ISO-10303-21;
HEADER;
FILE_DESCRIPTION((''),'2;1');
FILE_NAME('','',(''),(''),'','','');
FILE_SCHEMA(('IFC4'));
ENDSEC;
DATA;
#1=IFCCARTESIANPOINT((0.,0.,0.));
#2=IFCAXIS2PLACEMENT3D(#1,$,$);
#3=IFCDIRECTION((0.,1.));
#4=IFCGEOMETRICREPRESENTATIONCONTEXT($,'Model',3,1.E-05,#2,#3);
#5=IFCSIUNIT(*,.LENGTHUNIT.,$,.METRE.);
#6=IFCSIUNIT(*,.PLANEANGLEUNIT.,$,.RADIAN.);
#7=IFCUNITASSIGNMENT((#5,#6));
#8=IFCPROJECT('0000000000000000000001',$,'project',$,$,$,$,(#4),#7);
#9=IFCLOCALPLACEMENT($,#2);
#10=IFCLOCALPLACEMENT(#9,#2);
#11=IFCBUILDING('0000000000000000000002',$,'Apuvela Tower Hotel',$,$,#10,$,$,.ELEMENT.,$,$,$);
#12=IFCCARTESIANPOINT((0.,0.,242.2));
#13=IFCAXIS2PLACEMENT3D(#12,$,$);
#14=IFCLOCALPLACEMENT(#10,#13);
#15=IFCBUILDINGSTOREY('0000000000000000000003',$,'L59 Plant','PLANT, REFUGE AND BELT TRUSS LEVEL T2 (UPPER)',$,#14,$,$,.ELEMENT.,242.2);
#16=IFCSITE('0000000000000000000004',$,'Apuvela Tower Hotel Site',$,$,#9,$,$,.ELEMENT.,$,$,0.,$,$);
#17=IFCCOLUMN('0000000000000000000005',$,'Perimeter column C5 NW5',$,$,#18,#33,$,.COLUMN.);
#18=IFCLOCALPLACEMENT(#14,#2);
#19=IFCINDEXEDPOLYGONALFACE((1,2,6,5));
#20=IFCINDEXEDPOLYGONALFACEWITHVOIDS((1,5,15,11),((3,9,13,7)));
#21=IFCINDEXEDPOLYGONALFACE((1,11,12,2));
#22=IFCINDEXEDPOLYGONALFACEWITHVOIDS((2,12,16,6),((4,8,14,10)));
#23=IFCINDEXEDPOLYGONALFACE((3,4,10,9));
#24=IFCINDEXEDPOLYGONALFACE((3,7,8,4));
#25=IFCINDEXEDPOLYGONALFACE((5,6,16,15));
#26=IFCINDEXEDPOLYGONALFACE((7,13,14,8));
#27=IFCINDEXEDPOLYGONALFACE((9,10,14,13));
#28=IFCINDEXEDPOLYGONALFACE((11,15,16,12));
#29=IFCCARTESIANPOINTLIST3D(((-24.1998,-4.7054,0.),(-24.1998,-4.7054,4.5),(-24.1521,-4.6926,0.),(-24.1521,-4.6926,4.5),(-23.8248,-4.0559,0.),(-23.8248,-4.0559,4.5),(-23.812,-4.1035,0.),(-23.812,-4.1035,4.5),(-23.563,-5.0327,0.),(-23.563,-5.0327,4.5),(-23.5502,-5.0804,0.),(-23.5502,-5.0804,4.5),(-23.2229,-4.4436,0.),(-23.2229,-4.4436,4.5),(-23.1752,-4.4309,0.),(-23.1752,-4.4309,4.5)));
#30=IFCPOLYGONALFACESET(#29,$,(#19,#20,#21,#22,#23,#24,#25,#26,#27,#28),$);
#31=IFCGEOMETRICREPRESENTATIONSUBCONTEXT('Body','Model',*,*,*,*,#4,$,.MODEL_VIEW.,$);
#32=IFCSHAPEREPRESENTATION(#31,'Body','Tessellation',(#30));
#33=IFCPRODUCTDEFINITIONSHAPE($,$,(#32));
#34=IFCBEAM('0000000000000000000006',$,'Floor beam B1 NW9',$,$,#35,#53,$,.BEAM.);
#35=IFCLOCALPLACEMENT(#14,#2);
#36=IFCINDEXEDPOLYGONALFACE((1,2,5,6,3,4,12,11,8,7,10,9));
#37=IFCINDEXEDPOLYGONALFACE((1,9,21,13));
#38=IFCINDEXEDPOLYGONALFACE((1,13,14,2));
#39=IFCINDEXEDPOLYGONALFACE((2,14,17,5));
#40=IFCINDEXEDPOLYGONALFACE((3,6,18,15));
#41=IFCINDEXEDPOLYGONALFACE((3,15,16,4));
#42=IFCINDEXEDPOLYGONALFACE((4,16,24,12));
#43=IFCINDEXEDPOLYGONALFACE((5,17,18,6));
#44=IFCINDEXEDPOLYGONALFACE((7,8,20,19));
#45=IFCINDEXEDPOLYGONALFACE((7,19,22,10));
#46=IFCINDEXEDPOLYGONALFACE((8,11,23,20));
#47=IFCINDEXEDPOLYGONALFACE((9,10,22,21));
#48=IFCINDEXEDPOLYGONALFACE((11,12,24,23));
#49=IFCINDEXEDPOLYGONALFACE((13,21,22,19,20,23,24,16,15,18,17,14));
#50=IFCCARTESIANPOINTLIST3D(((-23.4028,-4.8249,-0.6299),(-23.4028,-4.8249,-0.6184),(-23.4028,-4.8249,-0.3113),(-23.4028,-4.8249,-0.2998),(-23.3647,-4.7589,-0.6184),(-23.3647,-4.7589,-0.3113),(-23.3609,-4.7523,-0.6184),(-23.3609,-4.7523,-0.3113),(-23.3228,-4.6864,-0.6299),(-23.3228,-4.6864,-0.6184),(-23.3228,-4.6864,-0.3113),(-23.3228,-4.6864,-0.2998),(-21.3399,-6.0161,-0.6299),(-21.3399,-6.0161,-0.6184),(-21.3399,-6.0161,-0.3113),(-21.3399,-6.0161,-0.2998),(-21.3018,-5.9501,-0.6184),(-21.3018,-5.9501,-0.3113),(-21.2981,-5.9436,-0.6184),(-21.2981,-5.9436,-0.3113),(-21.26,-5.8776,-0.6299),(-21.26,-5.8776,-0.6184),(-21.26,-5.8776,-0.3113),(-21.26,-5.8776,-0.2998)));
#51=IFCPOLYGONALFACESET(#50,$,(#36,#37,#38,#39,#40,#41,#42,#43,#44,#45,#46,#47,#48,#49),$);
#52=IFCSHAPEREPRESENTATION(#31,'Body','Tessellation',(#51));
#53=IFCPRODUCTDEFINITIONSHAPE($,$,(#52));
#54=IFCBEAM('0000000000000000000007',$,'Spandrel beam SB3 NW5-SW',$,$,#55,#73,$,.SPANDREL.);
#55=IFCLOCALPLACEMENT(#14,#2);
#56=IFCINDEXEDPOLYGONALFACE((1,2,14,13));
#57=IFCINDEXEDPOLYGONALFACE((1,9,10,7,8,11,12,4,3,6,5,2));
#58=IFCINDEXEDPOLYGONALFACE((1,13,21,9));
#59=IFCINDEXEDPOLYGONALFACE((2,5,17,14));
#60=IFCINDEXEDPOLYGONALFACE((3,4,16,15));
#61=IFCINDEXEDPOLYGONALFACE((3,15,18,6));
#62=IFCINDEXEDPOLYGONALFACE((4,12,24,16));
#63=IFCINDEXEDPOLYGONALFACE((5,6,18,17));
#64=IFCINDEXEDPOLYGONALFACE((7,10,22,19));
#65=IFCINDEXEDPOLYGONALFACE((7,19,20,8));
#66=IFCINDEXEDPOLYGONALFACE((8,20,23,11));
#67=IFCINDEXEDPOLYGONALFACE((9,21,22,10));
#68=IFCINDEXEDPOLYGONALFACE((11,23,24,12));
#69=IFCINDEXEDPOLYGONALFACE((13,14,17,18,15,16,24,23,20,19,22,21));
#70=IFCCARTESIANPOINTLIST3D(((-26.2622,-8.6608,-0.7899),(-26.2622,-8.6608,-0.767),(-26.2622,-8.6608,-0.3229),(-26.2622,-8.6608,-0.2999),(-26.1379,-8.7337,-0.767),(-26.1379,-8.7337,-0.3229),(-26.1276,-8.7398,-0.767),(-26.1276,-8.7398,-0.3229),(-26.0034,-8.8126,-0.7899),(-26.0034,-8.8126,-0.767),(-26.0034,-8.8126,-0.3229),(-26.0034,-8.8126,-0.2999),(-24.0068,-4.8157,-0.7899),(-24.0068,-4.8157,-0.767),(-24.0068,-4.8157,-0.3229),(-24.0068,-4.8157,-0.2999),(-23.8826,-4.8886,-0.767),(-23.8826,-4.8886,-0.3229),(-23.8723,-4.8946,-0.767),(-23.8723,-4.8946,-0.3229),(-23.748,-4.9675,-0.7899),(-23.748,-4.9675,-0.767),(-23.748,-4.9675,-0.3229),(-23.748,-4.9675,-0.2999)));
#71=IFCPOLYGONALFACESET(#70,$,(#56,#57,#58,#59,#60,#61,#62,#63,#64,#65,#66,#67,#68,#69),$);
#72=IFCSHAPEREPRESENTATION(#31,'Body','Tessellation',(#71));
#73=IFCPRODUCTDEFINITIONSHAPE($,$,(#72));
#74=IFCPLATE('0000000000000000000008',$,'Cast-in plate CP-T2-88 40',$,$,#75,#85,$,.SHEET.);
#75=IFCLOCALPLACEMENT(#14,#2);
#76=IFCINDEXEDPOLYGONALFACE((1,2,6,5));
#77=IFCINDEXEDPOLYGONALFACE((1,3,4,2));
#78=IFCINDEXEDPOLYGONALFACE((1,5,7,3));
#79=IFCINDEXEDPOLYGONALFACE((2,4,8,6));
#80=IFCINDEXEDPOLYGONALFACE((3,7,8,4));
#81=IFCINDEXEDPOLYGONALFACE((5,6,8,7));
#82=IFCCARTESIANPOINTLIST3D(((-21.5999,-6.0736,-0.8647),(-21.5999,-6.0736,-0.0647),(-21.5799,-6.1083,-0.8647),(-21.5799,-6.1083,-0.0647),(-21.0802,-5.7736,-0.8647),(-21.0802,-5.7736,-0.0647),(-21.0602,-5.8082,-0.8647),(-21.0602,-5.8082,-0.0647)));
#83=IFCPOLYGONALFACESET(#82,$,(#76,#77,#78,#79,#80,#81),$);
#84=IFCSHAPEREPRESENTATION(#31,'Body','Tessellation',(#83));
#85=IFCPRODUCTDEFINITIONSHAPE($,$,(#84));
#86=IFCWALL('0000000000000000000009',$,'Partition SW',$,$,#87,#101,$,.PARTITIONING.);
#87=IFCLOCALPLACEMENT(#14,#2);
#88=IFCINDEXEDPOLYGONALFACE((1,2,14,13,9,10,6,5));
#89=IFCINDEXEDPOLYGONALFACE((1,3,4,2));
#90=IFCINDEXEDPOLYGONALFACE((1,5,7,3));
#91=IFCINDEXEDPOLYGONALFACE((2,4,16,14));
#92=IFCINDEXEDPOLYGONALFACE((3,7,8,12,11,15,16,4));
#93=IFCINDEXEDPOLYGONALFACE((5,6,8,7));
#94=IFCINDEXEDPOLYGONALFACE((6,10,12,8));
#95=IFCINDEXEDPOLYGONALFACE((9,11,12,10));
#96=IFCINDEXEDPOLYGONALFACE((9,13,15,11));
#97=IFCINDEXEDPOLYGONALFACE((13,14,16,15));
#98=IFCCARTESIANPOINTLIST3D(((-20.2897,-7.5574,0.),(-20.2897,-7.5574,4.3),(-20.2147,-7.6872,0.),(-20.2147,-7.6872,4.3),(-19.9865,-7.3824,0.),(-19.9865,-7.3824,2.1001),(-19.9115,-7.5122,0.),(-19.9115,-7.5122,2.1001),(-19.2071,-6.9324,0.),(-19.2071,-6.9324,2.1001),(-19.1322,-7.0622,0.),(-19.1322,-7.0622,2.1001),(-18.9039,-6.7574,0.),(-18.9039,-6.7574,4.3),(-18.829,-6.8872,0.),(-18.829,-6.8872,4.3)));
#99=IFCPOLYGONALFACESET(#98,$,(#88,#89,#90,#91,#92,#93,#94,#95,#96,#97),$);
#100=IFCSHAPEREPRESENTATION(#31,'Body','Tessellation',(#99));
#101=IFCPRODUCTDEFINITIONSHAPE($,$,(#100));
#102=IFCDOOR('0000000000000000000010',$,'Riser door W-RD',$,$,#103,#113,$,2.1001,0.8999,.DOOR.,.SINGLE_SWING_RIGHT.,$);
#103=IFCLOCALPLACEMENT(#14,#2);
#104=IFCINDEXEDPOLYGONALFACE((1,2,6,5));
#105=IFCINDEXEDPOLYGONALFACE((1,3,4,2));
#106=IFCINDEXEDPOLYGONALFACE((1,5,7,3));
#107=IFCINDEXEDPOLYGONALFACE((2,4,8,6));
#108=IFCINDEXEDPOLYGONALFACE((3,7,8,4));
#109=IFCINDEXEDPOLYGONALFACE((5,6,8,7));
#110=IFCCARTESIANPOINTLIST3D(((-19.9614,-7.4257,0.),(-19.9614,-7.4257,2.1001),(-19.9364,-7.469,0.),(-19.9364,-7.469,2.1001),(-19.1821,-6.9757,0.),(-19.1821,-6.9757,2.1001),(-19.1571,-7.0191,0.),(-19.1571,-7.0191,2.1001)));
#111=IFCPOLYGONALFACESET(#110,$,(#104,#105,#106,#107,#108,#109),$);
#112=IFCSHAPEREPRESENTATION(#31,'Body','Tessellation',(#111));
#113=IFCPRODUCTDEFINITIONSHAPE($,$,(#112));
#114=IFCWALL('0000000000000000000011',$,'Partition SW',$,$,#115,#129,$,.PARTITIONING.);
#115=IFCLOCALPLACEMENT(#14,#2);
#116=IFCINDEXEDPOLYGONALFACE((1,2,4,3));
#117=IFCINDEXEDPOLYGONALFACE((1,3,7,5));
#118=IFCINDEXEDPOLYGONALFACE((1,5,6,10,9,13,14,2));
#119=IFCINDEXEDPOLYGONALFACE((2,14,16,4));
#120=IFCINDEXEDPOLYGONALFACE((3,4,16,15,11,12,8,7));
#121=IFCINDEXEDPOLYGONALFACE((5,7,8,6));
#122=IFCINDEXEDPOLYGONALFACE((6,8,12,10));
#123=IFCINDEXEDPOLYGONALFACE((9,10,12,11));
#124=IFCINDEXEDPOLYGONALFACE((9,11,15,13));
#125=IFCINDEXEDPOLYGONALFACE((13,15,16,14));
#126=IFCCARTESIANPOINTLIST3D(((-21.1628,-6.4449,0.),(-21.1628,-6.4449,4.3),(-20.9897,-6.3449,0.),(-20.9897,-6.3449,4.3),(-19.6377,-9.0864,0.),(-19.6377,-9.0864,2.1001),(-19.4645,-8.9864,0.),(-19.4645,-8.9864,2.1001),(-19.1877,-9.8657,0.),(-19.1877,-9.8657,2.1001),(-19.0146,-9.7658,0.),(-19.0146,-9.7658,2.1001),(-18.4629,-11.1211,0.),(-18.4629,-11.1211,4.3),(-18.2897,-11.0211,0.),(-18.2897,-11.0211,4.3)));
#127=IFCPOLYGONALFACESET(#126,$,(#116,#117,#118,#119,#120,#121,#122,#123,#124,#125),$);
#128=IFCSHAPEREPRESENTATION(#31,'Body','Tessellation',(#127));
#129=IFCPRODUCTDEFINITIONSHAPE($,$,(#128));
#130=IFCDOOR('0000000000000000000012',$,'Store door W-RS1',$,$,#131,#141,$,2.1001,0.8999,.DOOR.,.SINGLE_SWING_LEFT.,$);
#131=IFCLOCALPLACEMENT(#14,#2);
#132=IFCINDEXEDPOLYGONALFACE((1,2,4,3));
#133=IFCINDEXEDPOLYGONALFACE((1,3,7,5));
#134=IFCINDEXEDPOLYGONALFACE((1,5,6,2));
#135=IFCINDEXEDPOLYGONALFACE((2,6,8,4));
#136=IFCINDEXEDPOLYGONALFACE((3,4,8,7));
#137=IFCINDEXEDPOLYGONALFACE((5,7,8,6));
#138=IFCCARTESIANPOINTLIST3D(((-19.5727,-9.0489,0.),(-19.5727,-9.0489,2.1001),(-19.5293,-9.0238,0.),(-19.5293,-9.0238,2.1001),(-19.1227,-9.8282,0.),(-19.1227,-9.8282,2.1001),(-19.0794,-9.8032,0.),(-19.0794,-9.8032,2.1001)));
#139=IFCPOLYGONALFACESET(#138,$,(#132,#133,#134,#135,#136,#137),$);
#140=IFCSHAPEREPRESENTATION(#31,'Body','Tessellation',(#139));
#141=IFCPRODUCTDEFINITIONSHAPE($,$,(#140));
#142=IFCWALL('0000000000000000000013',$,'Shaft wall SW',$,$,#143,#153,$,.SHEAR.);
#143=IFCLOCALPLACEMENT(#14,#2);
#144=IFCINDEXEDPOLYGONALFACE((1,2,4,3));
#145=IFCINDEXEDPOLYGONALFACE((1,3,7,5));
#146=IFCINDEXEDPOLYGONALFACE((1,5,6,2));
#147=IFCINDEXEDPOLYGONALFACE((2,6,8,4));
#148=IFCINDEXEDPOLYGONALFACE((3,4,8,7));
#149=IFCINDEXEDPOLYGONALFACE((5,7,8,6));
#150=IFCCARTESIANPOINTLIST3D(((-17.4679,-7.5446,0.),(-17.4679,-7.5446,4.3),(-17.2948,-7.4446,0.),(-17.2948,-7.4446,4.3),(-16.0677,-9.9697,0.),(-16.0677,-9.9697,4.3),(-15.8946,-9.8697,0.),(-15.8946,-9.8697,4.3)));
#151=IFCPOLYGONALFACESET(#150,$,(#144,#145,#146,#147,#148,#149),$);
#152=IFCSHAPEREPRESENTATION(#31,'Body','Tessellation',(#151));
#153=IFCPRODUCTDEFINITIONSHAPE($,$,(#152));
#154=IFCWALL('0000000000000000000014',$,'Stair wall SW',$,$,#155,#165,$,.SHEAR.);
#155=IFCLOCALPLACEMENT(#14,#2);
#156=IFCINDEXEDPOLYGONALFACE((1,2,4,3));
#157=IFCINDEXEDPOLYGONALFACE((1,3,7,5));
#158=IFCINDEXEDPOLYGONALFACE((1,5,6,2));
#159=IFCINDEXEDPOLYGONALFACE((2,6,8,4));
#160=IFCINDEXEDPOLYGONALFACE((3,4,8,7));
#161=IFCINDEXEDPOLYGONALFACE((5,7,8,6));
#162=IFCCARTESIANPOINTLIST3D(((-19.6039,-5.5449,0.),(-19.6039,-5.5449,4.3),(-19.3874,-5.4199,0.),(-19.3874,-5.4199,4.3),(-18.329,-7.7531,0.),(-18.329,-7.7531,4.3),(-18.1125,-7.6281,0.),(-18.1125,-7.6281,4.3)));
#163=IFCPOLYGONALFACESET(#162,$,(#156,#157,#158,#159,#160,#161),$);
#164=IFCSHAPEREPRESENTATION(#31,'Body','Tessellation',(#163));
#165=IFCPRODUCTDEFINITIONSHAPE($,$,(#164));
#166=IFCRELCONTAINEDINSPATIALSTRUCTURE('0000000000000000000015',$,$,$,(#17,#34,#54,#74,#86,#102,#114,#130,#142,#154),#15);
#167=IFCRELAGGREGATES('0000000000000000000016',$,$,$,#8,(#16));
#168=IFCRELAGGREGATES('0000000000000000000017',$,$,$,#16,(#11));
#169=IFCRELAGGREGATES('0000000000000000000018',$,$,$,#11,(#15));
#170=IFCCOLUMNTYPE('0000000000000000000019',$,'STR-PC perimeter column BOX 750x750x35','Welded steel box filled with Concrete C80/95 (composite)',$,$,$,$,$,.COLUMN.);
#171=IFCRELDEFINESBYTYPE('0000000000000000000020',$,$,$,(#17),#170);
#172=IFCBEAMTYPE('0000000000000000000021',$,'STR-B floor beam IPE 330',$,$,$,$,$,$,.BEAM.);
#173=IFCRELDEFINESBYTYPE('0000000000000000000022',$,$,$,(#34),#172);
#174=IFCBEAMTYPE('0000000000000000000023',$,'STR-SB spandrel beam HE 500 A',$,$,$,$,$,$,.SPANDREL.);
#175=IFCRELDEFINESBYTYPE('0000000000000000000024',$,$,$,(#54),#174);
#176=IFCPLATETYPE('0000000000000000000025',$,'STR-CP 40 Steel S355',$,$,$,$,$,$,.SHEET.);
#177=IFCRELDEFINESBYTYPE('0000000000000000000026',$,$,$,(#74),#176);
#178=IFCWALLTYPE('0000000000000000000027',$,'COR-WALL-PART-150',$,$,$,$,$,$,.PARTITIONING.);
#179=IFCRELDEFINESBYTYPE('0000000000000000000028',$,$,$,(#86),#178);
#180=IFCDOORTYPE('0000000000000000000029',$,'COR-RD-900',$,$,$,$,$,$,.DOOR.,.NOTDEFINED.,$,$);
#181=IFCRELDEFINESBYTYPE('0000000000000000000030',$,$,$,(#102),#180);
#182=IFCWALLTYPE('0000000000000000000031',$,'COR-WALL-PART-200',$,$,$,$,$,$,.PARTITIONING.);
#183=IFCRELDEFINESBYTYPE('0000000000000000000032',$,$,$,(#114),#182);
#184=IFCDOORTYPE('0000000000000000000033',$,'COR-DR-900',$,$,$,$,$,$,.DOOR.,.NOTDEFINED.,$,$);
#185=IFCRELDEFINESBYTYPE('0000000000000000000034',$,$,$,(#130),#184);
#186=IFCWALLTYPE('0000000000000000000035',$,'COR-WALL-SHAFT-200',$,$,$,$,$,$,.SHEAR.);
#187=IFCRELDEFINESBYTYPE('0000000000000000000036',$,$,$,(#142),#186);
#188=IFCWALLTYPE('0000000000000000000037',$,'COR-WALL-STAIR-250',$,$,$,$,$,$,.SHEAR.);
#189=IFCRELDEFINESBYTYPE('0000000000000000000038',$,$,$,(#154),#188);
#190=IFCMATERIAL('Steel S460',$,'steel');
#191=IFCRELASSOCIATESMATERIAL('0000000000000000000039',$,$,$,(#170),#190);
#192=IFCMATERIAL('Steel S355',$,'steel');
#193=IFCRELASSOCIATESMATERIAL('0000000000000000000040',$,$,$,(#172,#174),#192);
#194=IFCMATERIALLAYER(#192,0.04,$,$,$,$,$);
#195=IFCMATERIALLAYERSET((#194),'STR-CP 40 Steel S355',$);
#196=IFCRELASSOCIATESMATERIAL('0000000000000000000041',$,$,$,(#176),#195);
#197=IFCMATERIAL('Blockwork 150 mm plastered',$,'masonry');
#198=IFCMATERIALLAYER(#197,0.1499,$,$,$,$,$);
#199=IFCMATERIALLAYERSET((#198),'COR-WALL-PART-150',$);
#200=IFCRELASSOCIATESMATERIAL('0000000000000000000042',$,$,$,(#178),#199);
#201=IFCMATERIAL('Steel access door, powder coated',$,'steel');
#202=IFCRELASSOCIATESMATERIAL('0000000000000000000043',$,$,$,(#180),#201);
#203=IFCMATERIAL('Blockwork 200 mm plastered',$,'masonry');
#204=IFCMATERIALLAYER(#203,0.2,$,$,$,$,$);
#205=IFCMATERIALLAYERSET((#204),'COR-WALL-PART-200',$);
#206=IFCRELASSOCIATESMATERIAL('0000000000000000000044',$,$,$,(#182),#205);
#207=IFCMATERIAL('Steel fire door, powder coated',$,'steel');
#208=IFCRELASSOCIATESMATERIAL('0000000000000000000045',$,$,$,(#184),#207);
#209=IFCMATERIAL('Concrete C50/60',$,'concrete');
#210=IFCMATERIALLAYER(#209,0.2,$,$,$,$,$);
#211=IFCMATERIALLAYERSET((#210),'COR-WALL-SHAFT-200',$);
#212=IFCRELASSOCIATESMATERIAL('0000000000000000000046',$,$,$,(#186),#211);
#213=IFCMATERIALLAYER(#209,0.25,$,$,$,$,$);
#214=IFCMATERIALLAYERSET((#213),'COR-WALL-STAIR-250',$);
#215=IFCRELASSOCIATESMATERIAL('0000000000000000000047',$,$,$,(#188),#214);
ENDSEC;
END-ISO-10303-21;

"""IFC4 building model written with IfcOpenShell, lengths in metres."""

from ifc_helpers import new_model, si_unit, direction, frame, frame_2d, origin, origin_2d, place, context, subcontext, project, spatial, rectangle, hollow_rectangle, i_section, extrude, material, layer, layer_set, material_profile, profile_set, type_object, element, fill, save


model = new_model("IFC4")

# Units and contexts
model_context = context("Model", 3, precision=1e-05, world=origin(), true_north=direction((0.0, 1.0)))
body_context = subcontext(model_context, "Body", "Model", "MODEL_VIEW")
ifc_project = project(units=[si_unit("LENGTHUNIT", "METRE"), si_unit("PLANEANGLEUNIT", "RADIAN")], contexts=[model_context])

# Site, building, storey
site_placement = place(None, origin())
site = spatial("IfcSite", under=ifc_project, at=site_placement, Name="Apuvela Tower Hotel Site", CompositionType="ELEMENT", RefElevation=0.0)
building_placement = place(site_placement, origin())
building = spatial("IfcBuilding", under=site, at=building_placement, Name="Apuvela Tower Hotel", CompositionType="ELEMENT")
storey_placement = place(building_placement, frame((0.0, 0.0, 242.2)))
storey = spatial("IfcBuildingStorey", under=building, at=storey_placement, Name="L59 Plant", Description="PLANT, REFUGE AND BELT TRUSS LEVEL T2 (UPPER)", CompositionType="ELEMENT", Elevation=242.2)

# Column
ifc_material_1 = material(Name="Steel S460", Category="steel")
ifc_material_profile_1 = material_profile(ifc_material_1, hollow_rectangle(XDim=0.75, YDim=0.75, WallThickness=0.0349, at=origin_2d()), Name="BOX 750x750x35")
ifc_material_2 = material(Name="Concrete C80/95", Category="concrete")
ifc_material_profile_2 = material_profile(ifc_material_2, rectangle(XDim=0.6799, YDim=0.6799, at=origin_2d()), Name="Concrete C80/95 infill")
ifc_profile_set_1 = profile_set([ifc_material_profile_1, ifc_material_profile_2], Name="Steel S460")
column_type = type_object("IfcColumnType", Name="STR-PC perimeter column BOX 750x750x35", Description="Welded steel box filled with Concrete C80/95 (composite)", PredefinedType="COLUMN", material=ifc_profile_set_1)
column_placement = place(storey_placement, frame((-23.6875, -4.5681, 0.0), z_axis=(0.0, 0.0, 1.0), x_axis=(0.5, 0.866025, 0.0)))
element("IfcColumn", 1, at=column_placement, inside=storey, type_object=column_type, Name="Perimeter column C5 NW5", PredefinedType="COLUMN", context=body_context, shape_type="SweptSolid", body=[
    extrude(hollow_rectangle(XDim=0.75, YDim=0.75, WallThickness=0.0349, at=origin_2d()), origin(), (0.0, 0.0, 1.0), 4.5),
])

# Beams
ifc_material_3 = material(Name="Steel S355", Category="steel")
ifc_material_profile_3 = material_profile(ifc_material_3, i_section(OverallWidth=0.1599, OverallDepth=0.3301, WebThickness=0.0076, FlangeThickness=0.0115, at=origin_2d()), Name="IPE 330")
ifc_profile_set_2 = profile_set([ifc_material_profile_3], Name="Steel S355")
beam_type_1 = type_object("IfcBeamType", Name="STR-B floor beam IPE 330", PredefinedType="BEAM", material=ifc_profile_set_2)
beam_1_placement = place(storey_placement, frame((-23.3628, -4.7556, -0.4648), z_axis=(0.865982, -0.500074, 0.0), x_axis=(0.500074, 0.865982, 0.0)))
element("IfcBeam", 2, at=beam_1_placement, inside=storey, type_object=beam_type_1, Name="Floor beam B1 NW9", PredefinedType="BEAM", context=body_context, shape_type="SweptSolid", body=[
    extrude(i_section(OverallWidth=0.1599, OverallDepth=0.3301, WebThickness=0.0076, FlangeThickness=0.0115, at=origin_2d()), origin(), (0.0, 0.0, 1.0), 2.3821),
])
ifc_material_profile_4 = material_profile(ifc_material_3, i_section(OverallWidth=0.3, OverallDepth=0.49, WebThickness=0.012, FlangeThickness=0.0229, at=origin_2d()), Name="HE 500 A")
ifc_profile_set_3 = profile_set([ifc_material_profile_4], Name="Steel S355")
beam_type_2 = type_object("IfcBeamType", Name="STR-SB spandrel beam HE 500 A", PredefinedType="SPANDREL", material=ifc_profile_set_3)
beam_2_placement = place(storey_placement, frame((-23.8774, -4.8916, -0.5449), z_axis=(-0.505933, -0.862573, 0.0), x_axis=(0.862573, -0.505933, 0.0)))
element("IfcBeam", 3, at=beam_2_placement, inside=storey, type_object=beam_type_2, Name="Spandrel beam SB3 NW5-SW", PredefinedType="SPANDREL", context=body_context, shape_type="SweptSolid", body=[
    extrude(i_section(OverallWidth=0.3, OverallDepth=0.49, WebThickness=0.012, FlangeThickness=0.0229, at=origin_2d()), origin(), (0.0, 0.0, 1.0), 4.4578),
])

# Plate
ifc_layer_1 = layer(ifc_material_3, 0.04)
ifc_layer_set_1 = layer_set([ifc_layer_1], Name="STR-CP 40 Steel S355")
plate_type = type_object("IfcPlateType", Name="STR-CP 40 Steel S355", PredefinedType="SHEET", material=ifc_layer_set_1)
plate_placement = place(storey_placement, frame((-21.3301, -5.9409, -0.8647), z_axis=(0.0, 0.0, 1.0), x_axis=(0.5, -0.866025, 0.0)))
element("IfcPlate", 4, at=plate_placement, inside=storey, type_object=plate_type, Name="Cast-in plate CP-T2-88 40", PredefinedType="SHEET", context=body_context, shape_type="SweptSolid", body=[
    extrude(rectangle(XDim=0.04, YDim=0.6001, at=origin_2d()), origin(), (0.0, 0.0, 1.0), 0.8),
])

# Walls, openings, doors
ifc_material_4 = material(Name="Blockwork 150 mm plastered", Category="masonry")
ifc_layer_2 = layer(ifc_material_4, 0.1499)
ifc_layer_set_2 = layer_set([ifc_layer_2], Name="COR-WALL-PART-150")
wall_type_1 = type_object("IfcWallType", Name="COR-WALL-PART-150", PredefinedType="PARTITIONING", material=ifc_layer_set_2)
wall_1_placement = place(storey_placement, frame((-18.8665, -6.8223, 0.0), z_axis=(0.0, 0.0, 1.0), x_axis=(-0.866028, -0.499995, 0.0)))
wall_1 = element("IfcWall", 5, at=wall_1_placement, inside=storey, type_object=wall_type_1, Name="Partition SW", PredefinedType="PARTITIONING", context=body_context, shape_type="SweptSolid", body=[
    extrude(rectangle(XDim=1.6001, YDim=0.1499, at=frame_2d((0.8, 0.0))), origin(), (0.0, 0.0, 1.0), 4.3),
])
opening_1_placement = place(wall_1_placement, frame((0.3501, 0.0, 0.0)))
opening_1 = element("IfcOpeningElement", 6, at=opening_1_placement, cuts=wall_1, PredefinedType="OPENING", context=body_context, shape_type="SweptSolid", body=[
    extrude(rectangle(XDim=0.8999, YDim=2.1001, at=frame_2d((0.45, 1.05))), frame((0.0, 0.085, 0.0), z_axis=(0.0, -1.0, 0.0), x_axis=(1.0, 0.0, 0.0)), (0.0, 0.0, 1.0), 0.1699),
])
ifc_material_5 = material(Name="Steel access door, powder coated", Category="steel")
door_type_1 = type_object("IfcDoorType", Name="COR-RD-900", OperationType="NOTDEFINED", PredefinedType="DOOR", material=ifc_material_5)
door_1_placement = place(opening_1_placement, frame((0.8999, 0.0, 0.0), z_axis=(0.0, 0.0, 1.0), x_axis=(-1.0, 0.0, 0.0)))
door_1 = element("IfcDoor", 7, at=door_1_placement, inside=storey, type_object=door_type_1, Name="Riser door W-RD", OperationType="SINGLE_SWING_RIGHT", OverallHeight=2.1001, OverallWidth=0.8999, PredefinedType="DOOR", context=body_context, shape_type="SweptSolid", body=[
    extrude(rectangle(XDim=0.8999, YDim=2.1001, at=frame_2d((0.45, 1.05))), frame((0.0, 0.0249, 0.0), z_axis=(0.0, -1.0, 0.0), x_axis=(1.0, 0.0, 0.0)), (0.0, 0.0, 1.0), 0.05),
])
fill(opening_1, door_1)
ifc_material_6 = material(Name="Blockwork 200 mm plastered", Category="masonry")
ifc_layer_3 = layer(ifc_material_6, 0.2)
ifc_layer_set_3 = layer_set([ifc_layer_3], Name="COR-WALL-PART-200")
wall_type_2 = type_object("IfcWallType", Name="COR-WALL-PART-200", PredefinedType="PARTITIONING", material=ifc_layer_set_3)
wall_2_placement = place(storey_placement, frame((-21.0762, -6.395, 0.0), z_axis=(0.0, 0.0, 1.0), x_axis=(0.500015, -0.866017, 0.0)))
wall_2 = element("IfcWall", 8, at=wall_2_placement, inside=storey, type_object=wall_type_2, Name="Partition SW", PredefinedType="PARTITIONING", context=body_context, shape_type="SweptSolid", body=[
    extrude(rectangle(XDim=5.3997, YDim=0.2, at=frame_2d((2.6997, 0.0))), origin(), (0.0, 0.0, 1.0), 4.3),
])
opening_2_placement = place(wall_2_placement, frame((3.05, 0.0, 0.0)))
opening_2 = element("IfcOpeningElement", 9, at=opening_2_placement, cuts=wall_2, PredefinedType="OPENING", context=body_context, shape_type="SweptSolid", body=[
    extrude(rectangle(XDim=0.8999, YDim=2.1001, at=frame_2d((0.45, 1.05))), frame((0.0, 0.1099, 0.0), z_axis=(0.0, -1.0, 0.0), x_axis=(1.0, 0.0, 0.0)), (0.0, 0.0, 1.0), 0.22),
])
ifc_material_7 = material(Name="Steel fire door, powder coated", Category="steel")
door_type_2 = type_object("IfcDoorType", Name="COR-DR-900", OperationType="NOTDEFINED", PredefinedType="DOOR", material=ifc_material_7)
door_2_placement = place(opening_2_placement, frame((0.8999, 0.0, 0.0), z_axis=(0.0, 0.0, 1.0), x_axis=(-1.0, 0.0, 0.0)))
door_2 = element("IfcDoor", 10, at=door_2_placement, inside=storey, type_object=door_type_2, Name="Store door W-RS1", OperationType="SINGLE_SWING_LEFT", OverallHeight=2.1001, OverallWidth=0.8999, PredefinedType="DOOR", context=body_context, shape_type="SweptSolid", body=[
    extrude(rectangle(XDim=0.8999, YDim=2.1001, at=frame_2d((0.45, 1.05))), frame((0.0, 0.0249, 0.0), z_axis=(0.0, -1.0, 0.0), x_axis=(1.0, 0.0, 0.0)), (0.0, 0.0, 1.0), 0.05),
])
fill(opening_2, door_2)

# Walls
ifc_material_8 = material(Name="Concrete C50/60", Category="concrete")
ifc_layer_4 = layer(ifc_material_8, 0.2)
ifc_layer_set_4 = layer_set([ifc_layer_4], Name="COR-WALL-SHAFT-200")
wall_type_3 = type_object("IfcWallType", Name="COR-WALL-SHAFT-200", PredefinedType="SHEAR", material=ifc_layer_set_4)
wall_3_placement = place(storey_placement, frame((-17.3813, -7.4946, 0.0), z_axis=(0.0, 0.0, 1.0), x_axis=(0.500012, -0.866019, 0.0)))
element("IfcWall", 11, at=wall_3_placement, inside=storey, type_object=wall_type_3, Name="Shaft wall SW", PredefinedType="SHEAR", context=body_context, shape_type="SweptSolid", body=[
    extrude(rectangle(XDim=2.8003, YDim=0.2, at=frame_2d((1.4001, 0.0))), origin(), (0.0, 0.0, 1.0), 4.3),
])
ifc_layer_5 = layer(ifc_material_8, 0.25)
ifc_layer_set_5 = layer_set([ifc_layer_5], Name="COR-WALL-STAIR-250")
wall_type_4 = type_object("IfcWallType", Name="COR-WALL-STAIR-250", PredefinedType="SHEAR", material=ifc_layer_set_5)
wall_4_placement = place(storey_placement, frame((-19.4956, -5.4824, 0.0), z_axis=(0.0, 0.0, 1.0), x_axis=(0.49999, -0.866031, 0.0)))
element("IfcWall", 12, at=wall_4_placement, inside=storey, type_object=wall_type_4, Name="Stair wall SW", PredefinedType="SHEAR", context=body_context, shape_type="SweptSolid", body=[
    extrude(rectangle(XDim=2.5498, YDim=0.25, at=frame_2d((1.2749, 0.0))), origin(), (0.0, 0.0, 1.0), 4.3),
])

save(model, "model.ifc")
